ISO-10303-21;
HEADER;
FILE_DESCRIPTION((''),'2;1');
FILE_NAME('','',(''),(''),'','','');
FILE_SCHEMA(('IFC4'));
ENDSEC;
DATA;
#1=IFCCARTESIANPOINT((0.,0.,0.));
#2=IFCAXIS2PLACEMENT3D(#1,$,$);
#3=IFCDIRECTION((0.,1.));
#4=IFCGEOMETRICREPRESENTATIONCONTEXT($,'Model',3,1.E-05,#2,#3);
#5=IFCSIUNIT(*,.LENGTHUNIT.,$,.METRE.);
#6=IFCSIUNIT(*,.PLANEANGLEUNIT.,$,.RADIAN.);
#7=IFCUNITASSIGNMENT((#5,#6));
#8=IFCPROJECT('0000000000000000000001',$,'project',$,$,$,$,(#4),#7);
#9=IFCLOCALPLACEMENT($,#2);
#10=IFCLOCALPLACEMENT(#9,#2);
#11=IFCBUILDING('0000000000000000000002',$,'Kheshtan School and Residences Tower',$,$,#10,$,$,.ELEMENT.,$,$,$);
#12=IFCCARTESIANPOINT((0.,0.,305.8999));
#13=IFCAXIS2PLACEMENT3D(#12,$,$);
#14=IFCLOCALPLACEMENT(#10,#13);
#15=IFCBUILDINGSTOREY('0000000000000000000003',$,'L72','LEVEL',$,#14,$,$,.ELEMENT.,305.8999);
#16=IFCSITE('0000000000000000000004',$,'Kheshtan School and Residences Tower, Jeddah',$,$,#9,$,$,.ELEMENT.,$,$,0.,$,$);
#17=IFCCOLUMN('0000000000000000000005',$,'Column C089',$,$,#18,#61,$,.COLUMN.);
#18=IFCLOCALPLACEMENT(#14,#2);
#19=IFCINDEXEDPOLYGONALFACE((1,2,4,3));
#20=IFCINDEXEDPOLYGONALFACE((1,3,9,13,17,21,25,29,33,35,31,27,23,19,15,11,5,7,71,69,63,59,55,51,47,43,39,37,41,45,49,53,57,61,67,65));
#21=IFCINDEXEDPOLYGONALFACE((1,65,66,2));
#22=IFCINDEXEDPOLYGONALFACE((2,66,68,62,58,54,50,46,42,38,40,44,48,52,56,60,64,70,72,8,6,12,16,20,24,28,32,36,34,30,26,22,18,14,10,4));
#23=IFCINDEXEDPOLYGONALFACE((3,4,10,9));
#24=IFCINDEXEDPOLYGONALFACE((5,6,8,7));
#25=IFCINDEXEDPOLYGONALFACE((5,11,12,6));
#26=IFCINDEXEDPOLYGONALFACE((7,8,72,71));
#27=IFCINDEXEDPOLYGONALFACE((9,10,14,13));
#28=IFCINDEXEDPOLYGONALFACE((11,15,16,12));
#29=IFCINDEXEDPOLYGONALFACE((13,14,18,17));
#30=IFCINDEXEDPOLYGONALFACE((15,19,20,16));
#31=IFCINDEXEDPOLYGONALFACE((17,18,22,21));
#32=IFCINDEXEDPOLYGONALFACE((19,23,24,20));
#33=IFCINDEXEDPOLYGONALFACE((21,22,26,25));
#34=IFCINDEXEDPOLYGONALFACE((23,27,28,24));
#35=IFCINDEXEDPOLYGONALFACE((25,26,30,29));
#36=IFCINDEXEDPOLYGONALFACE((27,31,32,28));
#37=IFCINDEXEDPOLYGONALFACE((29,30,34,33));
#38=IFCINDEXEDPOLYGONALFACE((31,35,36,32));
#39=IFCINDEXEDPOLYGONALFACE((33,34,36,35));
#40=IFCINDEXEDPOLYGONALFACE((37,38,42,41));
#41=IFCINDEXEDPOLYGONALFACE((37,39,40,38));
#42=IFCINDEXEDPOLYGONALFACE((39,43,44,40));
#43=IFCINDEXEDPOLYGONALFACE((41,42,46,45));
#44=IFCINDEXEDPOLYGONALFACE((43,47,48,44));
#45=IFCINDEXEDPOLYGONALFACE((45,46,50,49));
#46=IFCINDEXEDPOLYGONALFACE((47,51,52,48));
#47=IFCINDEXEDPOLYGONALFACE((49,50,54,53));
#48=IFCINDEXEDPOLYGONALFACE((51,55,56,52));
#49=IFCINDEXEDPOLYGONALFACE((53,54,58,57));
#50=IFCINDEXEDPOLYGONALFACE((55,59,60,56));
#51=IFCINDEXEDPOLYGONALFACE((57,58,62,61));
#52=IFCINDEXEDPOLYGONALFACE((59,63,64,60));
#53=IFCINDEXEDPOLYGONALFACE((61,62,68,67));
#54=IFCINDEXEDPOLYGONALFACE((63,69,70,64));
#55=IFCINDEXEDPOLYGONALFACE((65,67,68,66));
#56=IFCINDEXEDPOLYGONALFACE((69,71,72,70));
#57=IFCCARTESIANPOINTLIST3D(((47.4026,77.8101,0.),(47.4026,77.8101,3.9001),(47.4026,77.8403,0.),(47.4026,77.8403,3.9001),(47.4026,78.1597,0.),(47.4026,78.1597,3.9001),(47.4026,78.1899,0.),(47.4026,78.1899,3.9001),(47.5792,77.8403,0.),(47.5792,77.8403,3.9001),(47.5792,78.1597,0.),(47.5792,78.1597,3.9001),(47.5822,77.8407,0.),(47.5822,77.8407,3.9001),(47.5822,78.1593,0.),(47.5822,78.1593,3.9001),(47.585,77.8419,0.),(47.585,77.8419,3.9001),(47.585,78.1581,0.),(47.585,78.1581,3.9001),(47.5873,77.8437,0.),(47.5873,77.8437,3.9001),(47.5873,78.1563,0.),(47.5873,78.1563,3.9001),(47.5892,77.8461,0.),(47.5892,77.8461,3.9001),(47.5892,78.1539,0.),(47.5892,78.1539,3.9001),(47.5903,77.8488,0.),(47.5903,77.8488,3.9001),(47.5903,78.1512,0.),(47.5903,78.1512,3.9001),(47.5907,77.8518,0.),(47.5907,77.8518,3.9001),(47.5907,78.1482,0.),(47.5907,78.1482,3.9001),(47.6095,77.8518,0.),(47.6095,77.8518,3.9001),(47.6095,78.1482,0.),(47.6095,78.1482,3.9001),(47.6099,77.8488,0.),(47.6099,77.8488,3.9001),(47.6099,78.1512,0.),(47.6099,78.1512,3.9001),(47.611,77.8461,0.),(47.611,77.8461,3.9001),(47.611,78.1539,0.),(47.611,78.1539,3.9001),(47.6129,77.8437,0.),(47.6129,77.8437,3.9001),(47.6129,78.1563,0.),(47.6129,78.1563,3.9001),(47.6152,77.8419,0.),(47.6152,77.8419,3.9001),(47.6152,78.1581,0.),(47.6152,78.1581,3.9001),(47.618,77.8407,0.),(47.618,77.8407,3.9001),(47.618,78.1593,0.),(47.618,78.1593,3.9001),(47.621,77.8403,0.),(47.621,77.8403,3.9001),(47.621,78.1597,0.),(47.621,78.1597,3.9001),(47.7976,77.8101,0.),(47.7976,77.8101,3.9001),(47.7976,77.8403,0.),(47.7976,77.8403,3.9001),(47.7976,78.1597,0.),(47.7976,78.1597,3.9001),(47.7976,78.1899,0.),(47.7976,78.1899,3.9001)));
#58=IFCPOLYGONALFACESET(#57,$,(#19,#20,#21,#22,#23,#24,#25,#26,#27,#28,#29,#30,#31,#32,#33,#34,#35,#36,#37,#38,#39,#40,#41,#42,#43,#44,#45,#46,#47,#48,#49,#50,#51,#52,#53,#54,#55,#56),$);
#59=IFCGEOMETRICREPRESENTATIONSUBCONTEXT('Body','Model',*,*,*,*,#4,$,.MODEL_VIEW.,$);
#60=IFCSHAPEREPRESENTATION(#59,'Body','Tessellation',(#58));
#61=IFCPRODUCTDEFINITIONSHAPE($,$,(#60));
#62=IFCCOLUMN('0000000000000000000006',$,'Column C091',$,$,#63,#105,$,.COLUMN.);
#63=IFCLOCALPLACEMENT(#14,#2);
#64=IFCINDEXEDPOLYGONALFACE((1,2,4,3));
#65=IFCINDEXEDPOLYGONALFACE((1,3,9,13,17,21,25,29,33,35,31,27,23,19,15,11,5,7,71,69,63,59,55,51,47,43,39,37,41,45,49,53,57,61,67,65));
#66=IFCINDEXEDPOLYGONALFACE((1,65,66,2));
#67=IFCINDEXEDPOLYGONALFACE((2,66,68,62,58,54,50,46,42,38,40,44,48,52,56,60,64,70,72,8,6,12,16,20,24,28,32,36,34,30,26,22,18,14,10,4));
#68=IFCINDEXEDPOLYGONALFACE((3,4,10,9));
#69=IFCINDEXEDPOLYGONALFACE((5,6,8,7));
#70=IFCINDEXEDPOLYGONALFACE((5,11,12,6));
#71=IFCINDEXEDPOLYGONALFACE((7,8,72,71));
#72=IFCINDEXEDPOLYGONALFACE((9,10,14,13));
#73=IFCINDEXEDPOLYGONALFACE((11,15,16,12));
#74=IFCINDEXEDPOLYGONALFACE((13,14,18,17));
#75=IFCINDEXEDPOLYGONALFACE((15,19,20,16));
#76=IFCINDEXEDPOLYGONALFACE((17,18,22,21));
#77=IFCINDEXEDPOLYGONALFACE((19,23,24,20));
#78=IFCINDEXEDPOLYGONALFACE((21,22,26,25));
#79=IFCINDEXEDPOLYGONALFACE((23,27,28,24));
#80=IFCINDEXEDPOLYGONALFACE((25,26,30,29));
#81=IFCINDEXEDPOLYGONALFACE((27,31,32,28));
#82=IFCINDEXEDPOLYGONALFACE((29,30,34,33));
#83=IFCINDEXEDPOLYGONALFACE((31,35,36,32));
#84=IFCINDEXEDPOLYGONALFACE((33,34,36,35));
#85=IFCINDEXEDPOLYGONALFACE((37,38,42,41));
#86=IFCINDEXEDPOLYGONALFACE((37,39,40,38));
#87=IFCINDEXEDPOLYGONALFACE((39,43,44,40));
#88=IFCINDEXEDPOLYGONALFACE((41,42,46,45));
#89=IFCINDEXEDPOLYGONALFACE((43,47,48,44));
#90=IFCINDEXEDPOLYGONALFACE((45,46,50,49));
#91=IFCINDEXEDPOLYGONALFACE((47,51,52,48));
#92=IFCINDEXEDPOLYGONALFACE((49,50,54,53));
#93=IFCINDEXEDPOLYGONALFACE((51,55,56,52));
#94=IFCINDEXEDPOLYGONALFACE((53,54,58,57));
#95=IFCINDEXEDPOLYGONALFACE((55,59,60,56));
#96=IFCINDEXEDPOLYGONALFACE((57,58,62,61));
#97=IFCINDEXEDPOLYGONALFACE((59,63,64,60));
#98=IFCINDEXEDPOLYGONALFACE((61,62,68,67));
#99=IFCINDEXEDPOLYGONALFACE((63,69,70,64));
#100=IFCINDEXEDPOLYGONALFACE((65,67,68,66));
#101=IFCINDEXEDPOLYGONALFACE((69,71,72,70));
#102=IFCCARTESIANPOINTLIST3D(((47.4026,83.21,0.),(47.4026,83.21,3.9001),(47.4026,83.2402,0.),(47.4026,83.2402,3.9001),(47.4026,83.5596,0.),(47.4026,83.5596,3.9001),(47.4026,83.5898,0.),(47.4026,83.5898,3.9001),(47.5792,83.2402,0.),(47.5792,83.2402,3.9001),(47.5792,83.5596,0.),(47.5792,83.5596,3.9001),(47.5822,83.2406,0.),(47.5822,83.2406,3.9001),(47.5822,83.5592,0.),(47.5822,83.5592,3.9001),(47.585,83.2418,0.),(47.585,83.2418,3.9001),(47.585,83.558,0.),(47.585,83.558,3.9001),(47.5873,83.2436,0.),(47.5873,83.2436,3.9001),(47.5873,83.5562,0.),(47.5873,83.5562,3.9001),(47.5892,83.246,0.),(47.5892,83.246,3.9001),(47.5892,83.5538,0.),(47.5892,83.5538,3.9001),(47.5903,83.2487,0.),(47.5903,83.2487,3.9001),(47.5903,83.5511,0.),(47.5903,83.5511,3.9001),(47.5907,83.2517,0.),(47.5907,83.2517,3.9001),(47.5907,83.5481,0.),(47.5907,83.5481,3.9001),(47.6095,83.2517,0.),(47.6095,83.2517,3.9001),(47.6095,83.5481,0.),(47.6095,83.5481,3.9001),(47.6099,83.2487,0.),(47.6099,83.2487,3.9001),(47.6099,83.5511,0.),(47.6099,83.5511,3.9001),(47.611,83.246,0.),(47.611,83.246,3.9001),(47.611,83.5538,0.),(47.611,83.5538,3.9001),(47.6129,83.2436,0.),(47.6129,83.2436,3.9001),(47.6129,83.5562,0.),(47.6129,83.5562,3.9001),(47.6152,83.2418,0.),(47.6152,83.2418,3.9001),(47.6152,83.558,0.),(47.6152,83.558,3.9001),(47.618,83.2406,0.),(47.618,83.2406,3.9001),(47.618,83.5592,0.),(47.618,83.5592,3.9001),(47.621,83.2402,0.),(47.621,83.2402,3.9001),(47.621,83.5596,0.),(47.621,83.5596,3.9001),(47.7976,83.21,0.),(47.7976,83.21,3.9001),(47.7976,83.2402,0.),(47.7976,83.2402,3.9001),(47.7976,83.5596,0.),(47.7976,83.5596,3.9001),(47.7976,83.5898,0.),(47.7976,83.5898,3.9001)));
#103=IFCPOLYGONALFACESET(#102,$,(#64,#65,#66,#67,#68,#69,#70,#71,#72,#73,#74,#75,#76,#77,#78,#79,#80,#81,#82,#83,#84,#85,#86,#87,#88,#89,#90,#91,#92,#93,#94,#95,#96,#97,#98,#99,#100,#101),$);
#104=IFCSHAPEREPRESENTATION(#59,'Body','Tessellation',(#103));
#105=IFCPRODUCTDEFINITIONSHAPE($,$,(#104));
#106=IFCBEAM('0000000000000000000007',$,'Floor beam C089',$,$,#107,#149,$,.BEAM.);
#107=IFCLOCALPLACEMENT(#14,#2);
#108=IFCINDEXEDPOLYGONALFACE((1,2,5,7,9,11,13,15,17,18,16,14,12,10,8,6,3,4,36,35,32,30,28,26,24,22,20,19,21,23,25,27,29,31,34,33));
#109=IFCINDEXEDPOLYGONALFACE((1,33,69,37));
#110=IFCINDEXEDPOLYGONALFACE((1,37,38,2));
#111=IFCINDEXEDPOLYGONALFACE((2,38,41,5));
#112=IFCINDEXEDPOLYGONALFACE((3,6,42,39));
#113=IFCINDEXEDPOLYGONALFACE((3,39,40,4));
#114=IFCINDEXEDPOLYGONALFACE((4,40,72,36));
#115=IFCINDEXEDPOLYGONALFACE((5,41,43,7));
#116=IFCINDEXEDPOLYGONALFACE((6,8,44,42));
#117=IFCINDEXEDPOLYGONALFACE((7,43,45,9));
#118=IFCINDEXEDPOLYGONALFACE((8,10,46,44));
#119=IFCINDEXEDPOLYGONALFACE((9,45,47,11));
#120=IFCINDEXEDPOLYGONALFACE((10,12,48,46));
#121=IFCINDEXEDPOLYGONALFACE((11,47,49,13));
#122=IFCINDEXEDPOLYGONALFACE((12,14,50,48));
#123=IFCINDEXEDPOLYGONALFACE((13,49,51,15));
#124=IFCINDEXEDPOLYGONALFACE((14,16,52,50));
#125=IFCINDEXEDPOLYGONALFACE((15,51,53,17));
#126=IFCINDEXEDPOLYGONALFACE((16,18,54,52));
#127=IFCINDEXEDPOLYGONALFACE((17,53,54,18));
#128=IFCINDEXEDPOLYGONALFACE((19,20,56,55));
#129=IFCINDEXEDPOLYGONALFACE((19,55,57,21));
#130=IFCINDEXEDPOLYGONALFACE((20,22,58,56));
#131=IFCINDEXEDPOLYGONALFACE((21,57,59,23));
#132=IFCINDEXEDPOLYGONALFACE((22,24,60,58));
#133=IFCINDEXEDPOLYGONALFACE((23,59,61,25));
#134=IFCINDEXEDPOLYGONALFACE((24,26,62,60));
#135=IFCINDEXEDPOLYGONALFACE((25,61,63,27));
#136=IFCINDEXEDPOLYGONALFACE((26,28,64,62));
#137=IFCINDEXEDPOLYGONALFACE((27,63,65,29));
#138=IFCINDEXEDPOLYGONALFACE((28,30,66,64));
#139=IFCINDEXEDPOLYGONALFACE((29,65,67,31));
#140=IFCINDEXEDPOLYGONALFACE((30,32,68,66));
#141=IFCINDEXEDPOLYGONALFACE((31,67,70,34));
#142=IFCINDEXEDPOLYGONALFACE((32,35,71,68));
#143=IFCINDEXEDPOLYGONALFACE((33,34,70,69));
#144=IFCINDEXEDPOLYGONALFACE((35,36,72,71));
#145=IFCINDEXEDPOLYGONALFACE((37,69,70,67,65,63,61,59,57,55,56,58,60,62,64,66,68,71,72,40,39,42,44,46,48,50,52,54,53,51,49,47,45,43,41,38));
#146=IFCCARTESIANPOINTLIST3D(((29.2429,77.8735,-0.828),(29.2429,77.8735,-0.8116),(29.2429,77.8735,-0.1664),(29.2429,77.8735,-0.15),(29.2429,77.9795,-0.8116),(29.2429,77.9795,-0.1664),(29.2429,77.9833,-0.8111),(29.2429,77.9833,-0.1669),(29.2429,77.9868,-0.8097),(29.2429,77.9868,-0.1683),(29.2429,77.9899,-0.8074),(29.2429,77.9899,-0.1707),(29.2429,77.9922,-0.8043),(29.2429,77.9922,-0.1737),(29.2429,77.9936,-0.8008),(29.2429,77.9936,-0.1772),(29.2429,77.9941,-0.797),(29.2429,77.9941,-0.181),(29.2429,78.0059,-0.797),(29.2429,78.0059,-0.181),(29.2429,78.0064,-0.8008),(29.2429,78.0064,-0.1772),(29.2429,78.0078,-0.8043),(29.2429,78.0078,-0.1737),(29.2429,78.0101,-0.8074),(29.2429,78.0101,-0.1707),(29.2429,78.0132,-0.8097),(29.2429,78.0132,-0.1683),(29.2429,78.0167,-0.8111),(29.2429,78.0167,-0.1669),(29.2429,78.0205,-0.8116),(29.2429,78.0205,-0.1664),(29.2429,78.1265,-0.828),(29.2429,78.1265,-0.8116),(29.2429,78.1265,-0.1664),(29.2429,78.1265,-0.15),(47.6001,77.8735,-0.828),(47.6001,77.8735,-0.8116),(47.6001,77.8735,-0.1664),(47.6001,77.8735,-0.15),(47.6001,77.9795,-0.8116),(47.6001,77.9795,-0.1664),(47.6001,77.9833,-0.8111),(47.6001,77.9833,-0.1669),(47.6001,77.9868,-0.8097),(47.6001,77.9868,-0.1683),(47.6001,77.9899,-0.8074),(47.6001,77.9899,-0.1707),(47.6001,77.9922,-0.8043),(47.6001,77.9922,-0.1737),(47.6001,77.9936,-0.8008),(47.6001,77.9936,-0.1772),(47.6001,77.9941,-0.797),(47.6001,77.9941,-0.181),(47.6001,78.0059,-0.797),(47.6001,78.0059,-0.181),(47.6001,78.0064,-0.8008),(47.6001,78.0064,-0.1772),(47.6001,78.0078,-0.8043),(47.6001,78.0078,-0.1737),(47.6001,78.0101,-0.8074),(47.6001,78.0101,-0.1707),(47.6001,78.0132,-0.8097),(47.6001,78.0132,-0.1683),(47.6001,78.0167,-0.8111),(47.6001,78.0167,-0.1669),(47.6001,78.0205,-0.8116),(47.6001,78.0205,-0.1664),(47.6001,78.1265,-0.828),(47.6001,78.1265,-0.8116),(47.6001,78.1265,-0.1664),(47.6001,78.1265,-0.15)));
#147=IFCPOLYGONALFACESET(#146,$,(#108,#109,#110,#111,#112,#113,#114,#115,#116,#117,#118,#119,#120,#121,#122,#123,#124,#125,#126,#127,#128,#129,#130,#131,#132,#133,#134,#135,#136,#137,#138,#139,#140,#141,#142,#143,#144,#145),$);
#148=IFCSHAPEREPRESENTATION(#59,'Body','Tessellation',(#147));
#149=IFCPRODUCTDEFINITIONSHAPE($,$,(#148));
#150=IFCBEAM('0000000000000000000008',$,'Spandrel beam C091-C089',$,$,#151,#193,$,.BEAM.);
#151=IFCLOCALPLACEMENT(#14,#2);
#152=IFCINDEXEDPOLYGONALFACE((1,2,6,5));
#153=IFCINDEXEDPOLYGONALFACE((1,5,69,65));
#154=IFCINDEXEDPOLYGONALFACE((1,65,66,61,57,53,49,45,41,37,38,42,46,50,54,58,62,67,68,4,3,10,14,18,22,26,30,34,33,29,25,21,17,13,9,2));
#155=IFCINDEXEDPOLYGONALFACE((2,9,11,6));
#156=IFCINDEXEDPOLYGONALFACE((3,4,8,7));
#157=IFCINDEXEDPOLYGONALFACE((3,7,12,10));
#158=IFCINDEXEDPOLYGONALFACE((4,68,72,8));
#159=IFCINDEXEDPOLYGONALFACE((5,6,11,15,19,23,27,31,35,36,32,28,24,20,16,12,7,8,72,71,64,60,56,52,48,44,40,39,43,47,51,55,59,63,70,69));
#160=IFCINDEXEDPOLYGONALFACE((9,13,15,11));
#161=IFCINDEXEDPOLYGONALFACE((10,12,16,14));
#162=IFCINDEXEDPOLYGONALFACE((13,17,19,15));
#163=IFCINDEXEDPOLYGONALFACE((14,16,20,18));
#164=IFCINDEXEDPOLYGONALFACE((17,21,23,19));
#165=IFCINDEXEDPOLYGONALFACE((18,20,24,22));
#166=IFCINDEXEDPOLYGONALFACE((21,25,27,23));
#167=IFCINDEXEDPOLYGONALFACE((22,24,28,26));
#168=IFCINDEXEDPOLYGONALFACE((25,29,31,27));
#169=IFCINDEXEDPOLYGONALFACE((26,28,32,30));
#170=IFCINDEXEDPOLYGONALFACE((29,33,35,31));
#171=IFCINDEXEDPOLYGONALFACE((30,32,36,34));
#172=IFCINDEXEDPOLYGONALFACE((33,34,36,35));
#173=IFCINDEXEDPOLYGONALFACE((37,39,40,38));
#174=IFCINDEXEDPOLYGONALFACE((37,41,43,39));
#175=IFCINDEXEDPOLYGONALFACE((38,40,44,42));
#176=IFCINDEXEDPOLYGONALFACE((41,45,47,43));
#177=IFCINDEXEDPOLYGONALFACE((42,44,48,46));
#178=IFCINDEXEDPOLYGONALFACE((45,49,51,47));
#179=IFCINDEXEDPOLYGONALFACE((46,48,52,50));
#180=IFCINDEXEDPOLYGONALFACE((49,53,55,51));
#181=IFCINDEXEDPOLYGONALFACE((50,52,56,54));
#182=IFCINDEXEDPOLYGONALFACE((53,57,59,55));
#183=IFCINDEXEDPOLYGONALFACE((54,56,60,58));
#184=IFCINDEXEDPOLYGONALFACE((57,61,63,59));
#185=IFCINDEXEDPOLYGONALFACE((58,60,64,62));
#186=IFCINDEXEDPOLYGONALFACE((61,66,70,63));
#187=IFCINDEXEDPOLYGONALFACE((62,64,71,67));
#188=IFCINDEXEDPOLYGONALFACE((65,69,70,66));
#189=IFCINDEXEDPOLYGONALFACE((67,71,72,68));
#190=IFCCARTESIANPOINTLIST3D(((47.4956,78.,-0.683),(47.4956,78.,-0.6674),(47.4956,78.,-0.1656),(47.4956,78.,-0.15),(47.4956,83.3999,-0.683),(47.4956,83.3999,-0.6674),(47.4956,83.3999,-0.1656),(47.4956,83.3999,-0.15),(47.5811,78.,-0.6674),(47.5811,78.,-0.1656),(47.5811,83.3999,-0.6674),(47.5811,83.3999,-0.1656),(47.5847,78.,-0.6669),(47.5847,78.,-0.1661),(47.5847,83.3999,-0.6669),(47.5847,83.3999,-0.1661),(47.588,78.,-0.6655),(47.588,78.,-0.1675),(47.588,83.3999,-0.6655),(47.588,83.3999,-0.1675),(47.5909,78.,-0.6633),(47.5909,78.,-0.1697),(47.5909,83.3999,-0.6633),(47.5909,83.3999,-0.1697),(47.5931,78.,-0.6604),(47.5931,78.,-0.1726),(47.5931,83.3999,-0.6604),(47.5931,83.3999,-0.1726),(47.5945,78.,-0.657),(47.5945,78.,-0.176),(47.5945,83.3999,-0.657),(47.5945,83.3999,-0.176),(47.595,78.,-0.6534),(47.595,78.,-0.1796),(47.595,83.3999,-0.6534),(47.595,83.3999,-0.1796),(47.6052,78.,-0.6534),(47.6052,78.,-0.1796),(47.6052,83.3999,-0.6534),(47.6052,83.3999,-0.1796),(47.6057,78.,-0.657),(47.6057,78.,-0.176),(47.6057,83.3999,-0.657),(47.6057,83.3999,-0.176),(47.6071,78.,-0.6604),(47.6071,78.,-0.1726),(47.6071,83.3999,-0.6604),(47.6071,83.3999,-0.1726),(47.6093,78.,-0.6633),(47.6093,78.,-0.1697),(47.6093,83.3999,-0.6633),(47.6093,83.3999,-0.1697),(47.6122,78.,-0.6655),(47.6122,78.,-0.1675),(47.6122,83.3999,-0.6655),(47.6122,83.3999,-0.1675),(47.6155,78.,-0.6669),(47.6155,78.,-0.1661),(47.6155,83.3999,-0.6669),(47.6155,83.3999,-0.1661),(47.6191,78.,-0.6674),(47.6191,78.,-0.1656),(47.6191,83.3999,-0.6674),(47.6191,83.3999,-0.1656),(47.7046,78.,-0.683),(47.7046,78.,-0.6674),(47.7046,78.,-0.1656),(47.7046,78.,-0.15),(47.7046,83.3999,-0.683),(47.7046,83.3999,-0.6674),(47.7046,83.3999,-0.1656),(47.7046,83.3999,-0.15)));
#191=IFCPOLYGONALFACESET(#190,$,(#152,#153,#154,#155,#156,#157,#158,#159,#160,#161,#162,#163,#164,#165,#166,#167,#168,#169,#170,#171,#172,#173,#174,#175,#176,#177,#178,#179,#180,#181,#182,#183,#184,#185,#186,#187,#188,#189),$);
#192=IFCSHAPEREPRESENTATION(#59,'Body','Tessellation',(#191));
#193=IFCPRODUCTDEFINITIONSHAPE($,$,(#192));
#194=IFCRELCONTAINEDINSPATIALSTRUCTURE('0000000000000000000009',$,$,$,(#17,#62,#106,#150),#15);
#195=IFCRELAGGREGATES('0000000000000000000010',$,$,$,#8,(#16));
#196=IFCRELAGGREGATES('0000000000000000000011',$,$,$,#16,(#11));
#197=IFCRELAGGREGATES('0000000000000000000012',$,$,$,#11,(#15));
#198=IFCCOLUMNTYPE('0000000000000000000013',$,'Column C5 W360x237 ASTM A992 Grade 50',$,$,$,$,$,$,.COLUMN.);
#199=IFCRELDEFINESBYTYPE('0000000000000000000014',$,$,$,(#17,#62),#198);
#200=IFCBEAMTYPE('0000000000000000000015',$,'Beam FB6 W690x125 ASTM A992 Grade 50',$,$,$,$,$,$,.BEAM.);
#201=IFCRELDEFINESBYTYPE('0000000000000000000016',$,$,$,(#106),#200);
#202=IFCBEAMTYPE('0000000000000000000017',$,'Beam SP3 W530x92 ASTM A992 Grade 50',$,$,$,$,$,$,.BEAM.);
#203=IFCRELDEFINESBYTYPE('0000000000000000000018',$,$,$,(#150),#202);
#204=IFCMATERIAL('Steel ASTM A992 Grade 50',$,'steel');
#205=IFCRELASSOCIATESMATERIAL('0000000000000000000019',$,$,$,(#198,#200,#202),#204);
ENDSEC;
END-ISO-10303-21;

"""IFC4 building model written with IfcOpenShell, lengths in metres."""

from ifc_helpers import new_model, si_unit, direction, frame, origin, origin_2d, place, context, subcontext, project, spatial, i_section, extrude, material, material_profile, profile_set, type_object, element, save


model = new_model("IFC4")

# Units and contexts
model_context = context("Model", 3, precision=1e-05, world=origin(), true_north=direction((0.0, 1.0)))
body_context = subcontext(model_context, "Body", "Model", "MODEL_VIEW")
ifc_project = project(units=[si_unit("LENGTHUNIT", "METRE"), si_unit("PLANEANGLEUNIT", "RADIAN")], contexts=[model_context])

# Site, building, storey
site_placement = place(None, origin())
site = spatial("IfcSite", under=ifc_project, at=site_placement, Name="Kheshtan School and Residences Tower, Jeddah", CompositionType="ELEMENT", RefElevation=0.0)
building_placement = place(site_placement, origin())
building = spatial("IfcBuilding", under=site, at=building_placement, Name="Kheshtan School and Residences Tower", CompositionType="ELEMENT")
storey_placement = place(building_placement, frame((0.0, 0.0, 305.8999)))
storey = spatial("IfcBuildingStorey", under=building, at=storey_placement, Name="L72", Description="LEVEL", CompositionType="ELEMENT", Elevation=305.8999)

# Columns
ifc_material_1 = material(Name="Steel ASTM A992 Grade 50", Category="steel")
ifc_material_profile_1 = material_profile(ifc_material_1, i_section(OverallWidth=0.395, OverallDepth=0.3799, WebThickness=0.0188, FlangeThickness=0.0303, FilletRadius=0.0115, at=origin_2d()), Name="W360x237")
ifc_profile_set_1 = profile_set([ifc_material_profile_1], Name="Steel ASTM A992 Grade 50")
column_type = type_object("IfcColumnType", Name="Column C5 W360x237 ASTM A992 Grade 50", PredefinedType="COLUMN", material=ifc_profile_set_1)
for number, where, z_axis, x_axis, name in (
    (1, (47.6001, 78.0, 0.0), (0.0, 0.0, 1.0), (1.0, 0.0, 0.0), "Column C089"),
    (2, (47.6001, 83.3999, 0.0), (0.0, 0.0, 1.0), (1.0, 0.0, 0.0), "Column C091"),
):
    element("IfcColumn", number, at=place(storey_placement, frame(where, z_axis=z_axis, x_axis=x_axis)), inside=storey, type_object=column_type, Name=name, PredefinedType="COLUMN", context=body_context, shape_type="SweptSolid", body=[
        extrude(i_section(OverallWidth=0.395, OverallDepth=0.3799, WebThickness=0.0188, FlangeThickness=0.0303, FilletRadius=0.0115, at=origin_2d()), origin(), (0.0, 0.0, 1.0), 3.9001),
    ])

# Beams
ifc_material_profile_2 = material_profile(ifc_material_1, i_section(OverallWidth=0.2529, OverallDepth=0.678, WebThickness=0.0117, FlangeThickness=0.0164, FilletRadius=0.0146, at=origin_2d()), Name="W690x125")
ifc_profile_set_2 = profile_set([ifc_material_profile_2], Name="Steel ASTM A992 Grade 50")
beam_type_1 = type_object("IfcBeamType", Name="Beam FB6 W690x125 ASTM A992 Grade 50", PredefinedType="BEAM", material=ifc_profile_set_2)
beam_placement = place(storey_placement, frame((47.6001, 78.0, -0.489), z_axis=(-1.0, 0.0, 0.0), x_axis=(0.0, -1.0, 0.0)))
element("IfcBeam", 3, at=beam_placement, inside=storey, type_object=beam_type_1, Name="Floor beam C089", PredefinedType="BEAM", context=body_context, shape_type="SweptSolid", body=[
    extrude(i_section(OverallWidth=0.2529, OverallDepth=0.678, WebThickness=0.0117, FlangeThickness=0.0164, FilletRadius=0.0146, at=origin_2d()), origin(), (0.0, 0.0, 1.0), 18.3572),
])
ifc_material_profile_3 = material_profile(ifc_material_1, i_section(OverallWidth=0.209, OverallDepth=0.533, WebThickness=0.0103, FlangeThickness=0.0156, FilletRadius=0.0139, at=origin_2d()), Name="W530x92")
ifc_profile_set_3 = profile_set([ifc_material_profile_3], Name="Steel ASTM A992 Grade 50")
beam_type_2 = type_object("IfcBeamType", Name="Beam SP3 W530x92 ASTM A992 Grade 50", PredefinedType="BEAM", material=ifc_profile_set_3)
for number, where, z_axis, x_axis, name in (
    (4, (47.6001, 83.3999, -0.4165), (0.0, -1.0, 0.0), (1.0, 0.0, 0.0), "Spandrel beam C091-C089"),
):
    element("IfcBeam", number, at=place(storey_placement, frame(where, z_axis=z_axis, x_axis=x_axis)), inside=storey, type_object=beam_type_2, Name=name, PredefinedType="BEAM", context=body_context, shape_type="SweptSolid", body=[
        extrude(i_section(OverallWidth=0.209, OverallDepth=0.533, WebThickness=0.0103, FlangeThickness=0.0156, FilletRadius=0.0139, at=origin_2d()), origin(), (0.0, 0.0, 1.0), 5.3999),
    ])

save(model, "model.ifc")
